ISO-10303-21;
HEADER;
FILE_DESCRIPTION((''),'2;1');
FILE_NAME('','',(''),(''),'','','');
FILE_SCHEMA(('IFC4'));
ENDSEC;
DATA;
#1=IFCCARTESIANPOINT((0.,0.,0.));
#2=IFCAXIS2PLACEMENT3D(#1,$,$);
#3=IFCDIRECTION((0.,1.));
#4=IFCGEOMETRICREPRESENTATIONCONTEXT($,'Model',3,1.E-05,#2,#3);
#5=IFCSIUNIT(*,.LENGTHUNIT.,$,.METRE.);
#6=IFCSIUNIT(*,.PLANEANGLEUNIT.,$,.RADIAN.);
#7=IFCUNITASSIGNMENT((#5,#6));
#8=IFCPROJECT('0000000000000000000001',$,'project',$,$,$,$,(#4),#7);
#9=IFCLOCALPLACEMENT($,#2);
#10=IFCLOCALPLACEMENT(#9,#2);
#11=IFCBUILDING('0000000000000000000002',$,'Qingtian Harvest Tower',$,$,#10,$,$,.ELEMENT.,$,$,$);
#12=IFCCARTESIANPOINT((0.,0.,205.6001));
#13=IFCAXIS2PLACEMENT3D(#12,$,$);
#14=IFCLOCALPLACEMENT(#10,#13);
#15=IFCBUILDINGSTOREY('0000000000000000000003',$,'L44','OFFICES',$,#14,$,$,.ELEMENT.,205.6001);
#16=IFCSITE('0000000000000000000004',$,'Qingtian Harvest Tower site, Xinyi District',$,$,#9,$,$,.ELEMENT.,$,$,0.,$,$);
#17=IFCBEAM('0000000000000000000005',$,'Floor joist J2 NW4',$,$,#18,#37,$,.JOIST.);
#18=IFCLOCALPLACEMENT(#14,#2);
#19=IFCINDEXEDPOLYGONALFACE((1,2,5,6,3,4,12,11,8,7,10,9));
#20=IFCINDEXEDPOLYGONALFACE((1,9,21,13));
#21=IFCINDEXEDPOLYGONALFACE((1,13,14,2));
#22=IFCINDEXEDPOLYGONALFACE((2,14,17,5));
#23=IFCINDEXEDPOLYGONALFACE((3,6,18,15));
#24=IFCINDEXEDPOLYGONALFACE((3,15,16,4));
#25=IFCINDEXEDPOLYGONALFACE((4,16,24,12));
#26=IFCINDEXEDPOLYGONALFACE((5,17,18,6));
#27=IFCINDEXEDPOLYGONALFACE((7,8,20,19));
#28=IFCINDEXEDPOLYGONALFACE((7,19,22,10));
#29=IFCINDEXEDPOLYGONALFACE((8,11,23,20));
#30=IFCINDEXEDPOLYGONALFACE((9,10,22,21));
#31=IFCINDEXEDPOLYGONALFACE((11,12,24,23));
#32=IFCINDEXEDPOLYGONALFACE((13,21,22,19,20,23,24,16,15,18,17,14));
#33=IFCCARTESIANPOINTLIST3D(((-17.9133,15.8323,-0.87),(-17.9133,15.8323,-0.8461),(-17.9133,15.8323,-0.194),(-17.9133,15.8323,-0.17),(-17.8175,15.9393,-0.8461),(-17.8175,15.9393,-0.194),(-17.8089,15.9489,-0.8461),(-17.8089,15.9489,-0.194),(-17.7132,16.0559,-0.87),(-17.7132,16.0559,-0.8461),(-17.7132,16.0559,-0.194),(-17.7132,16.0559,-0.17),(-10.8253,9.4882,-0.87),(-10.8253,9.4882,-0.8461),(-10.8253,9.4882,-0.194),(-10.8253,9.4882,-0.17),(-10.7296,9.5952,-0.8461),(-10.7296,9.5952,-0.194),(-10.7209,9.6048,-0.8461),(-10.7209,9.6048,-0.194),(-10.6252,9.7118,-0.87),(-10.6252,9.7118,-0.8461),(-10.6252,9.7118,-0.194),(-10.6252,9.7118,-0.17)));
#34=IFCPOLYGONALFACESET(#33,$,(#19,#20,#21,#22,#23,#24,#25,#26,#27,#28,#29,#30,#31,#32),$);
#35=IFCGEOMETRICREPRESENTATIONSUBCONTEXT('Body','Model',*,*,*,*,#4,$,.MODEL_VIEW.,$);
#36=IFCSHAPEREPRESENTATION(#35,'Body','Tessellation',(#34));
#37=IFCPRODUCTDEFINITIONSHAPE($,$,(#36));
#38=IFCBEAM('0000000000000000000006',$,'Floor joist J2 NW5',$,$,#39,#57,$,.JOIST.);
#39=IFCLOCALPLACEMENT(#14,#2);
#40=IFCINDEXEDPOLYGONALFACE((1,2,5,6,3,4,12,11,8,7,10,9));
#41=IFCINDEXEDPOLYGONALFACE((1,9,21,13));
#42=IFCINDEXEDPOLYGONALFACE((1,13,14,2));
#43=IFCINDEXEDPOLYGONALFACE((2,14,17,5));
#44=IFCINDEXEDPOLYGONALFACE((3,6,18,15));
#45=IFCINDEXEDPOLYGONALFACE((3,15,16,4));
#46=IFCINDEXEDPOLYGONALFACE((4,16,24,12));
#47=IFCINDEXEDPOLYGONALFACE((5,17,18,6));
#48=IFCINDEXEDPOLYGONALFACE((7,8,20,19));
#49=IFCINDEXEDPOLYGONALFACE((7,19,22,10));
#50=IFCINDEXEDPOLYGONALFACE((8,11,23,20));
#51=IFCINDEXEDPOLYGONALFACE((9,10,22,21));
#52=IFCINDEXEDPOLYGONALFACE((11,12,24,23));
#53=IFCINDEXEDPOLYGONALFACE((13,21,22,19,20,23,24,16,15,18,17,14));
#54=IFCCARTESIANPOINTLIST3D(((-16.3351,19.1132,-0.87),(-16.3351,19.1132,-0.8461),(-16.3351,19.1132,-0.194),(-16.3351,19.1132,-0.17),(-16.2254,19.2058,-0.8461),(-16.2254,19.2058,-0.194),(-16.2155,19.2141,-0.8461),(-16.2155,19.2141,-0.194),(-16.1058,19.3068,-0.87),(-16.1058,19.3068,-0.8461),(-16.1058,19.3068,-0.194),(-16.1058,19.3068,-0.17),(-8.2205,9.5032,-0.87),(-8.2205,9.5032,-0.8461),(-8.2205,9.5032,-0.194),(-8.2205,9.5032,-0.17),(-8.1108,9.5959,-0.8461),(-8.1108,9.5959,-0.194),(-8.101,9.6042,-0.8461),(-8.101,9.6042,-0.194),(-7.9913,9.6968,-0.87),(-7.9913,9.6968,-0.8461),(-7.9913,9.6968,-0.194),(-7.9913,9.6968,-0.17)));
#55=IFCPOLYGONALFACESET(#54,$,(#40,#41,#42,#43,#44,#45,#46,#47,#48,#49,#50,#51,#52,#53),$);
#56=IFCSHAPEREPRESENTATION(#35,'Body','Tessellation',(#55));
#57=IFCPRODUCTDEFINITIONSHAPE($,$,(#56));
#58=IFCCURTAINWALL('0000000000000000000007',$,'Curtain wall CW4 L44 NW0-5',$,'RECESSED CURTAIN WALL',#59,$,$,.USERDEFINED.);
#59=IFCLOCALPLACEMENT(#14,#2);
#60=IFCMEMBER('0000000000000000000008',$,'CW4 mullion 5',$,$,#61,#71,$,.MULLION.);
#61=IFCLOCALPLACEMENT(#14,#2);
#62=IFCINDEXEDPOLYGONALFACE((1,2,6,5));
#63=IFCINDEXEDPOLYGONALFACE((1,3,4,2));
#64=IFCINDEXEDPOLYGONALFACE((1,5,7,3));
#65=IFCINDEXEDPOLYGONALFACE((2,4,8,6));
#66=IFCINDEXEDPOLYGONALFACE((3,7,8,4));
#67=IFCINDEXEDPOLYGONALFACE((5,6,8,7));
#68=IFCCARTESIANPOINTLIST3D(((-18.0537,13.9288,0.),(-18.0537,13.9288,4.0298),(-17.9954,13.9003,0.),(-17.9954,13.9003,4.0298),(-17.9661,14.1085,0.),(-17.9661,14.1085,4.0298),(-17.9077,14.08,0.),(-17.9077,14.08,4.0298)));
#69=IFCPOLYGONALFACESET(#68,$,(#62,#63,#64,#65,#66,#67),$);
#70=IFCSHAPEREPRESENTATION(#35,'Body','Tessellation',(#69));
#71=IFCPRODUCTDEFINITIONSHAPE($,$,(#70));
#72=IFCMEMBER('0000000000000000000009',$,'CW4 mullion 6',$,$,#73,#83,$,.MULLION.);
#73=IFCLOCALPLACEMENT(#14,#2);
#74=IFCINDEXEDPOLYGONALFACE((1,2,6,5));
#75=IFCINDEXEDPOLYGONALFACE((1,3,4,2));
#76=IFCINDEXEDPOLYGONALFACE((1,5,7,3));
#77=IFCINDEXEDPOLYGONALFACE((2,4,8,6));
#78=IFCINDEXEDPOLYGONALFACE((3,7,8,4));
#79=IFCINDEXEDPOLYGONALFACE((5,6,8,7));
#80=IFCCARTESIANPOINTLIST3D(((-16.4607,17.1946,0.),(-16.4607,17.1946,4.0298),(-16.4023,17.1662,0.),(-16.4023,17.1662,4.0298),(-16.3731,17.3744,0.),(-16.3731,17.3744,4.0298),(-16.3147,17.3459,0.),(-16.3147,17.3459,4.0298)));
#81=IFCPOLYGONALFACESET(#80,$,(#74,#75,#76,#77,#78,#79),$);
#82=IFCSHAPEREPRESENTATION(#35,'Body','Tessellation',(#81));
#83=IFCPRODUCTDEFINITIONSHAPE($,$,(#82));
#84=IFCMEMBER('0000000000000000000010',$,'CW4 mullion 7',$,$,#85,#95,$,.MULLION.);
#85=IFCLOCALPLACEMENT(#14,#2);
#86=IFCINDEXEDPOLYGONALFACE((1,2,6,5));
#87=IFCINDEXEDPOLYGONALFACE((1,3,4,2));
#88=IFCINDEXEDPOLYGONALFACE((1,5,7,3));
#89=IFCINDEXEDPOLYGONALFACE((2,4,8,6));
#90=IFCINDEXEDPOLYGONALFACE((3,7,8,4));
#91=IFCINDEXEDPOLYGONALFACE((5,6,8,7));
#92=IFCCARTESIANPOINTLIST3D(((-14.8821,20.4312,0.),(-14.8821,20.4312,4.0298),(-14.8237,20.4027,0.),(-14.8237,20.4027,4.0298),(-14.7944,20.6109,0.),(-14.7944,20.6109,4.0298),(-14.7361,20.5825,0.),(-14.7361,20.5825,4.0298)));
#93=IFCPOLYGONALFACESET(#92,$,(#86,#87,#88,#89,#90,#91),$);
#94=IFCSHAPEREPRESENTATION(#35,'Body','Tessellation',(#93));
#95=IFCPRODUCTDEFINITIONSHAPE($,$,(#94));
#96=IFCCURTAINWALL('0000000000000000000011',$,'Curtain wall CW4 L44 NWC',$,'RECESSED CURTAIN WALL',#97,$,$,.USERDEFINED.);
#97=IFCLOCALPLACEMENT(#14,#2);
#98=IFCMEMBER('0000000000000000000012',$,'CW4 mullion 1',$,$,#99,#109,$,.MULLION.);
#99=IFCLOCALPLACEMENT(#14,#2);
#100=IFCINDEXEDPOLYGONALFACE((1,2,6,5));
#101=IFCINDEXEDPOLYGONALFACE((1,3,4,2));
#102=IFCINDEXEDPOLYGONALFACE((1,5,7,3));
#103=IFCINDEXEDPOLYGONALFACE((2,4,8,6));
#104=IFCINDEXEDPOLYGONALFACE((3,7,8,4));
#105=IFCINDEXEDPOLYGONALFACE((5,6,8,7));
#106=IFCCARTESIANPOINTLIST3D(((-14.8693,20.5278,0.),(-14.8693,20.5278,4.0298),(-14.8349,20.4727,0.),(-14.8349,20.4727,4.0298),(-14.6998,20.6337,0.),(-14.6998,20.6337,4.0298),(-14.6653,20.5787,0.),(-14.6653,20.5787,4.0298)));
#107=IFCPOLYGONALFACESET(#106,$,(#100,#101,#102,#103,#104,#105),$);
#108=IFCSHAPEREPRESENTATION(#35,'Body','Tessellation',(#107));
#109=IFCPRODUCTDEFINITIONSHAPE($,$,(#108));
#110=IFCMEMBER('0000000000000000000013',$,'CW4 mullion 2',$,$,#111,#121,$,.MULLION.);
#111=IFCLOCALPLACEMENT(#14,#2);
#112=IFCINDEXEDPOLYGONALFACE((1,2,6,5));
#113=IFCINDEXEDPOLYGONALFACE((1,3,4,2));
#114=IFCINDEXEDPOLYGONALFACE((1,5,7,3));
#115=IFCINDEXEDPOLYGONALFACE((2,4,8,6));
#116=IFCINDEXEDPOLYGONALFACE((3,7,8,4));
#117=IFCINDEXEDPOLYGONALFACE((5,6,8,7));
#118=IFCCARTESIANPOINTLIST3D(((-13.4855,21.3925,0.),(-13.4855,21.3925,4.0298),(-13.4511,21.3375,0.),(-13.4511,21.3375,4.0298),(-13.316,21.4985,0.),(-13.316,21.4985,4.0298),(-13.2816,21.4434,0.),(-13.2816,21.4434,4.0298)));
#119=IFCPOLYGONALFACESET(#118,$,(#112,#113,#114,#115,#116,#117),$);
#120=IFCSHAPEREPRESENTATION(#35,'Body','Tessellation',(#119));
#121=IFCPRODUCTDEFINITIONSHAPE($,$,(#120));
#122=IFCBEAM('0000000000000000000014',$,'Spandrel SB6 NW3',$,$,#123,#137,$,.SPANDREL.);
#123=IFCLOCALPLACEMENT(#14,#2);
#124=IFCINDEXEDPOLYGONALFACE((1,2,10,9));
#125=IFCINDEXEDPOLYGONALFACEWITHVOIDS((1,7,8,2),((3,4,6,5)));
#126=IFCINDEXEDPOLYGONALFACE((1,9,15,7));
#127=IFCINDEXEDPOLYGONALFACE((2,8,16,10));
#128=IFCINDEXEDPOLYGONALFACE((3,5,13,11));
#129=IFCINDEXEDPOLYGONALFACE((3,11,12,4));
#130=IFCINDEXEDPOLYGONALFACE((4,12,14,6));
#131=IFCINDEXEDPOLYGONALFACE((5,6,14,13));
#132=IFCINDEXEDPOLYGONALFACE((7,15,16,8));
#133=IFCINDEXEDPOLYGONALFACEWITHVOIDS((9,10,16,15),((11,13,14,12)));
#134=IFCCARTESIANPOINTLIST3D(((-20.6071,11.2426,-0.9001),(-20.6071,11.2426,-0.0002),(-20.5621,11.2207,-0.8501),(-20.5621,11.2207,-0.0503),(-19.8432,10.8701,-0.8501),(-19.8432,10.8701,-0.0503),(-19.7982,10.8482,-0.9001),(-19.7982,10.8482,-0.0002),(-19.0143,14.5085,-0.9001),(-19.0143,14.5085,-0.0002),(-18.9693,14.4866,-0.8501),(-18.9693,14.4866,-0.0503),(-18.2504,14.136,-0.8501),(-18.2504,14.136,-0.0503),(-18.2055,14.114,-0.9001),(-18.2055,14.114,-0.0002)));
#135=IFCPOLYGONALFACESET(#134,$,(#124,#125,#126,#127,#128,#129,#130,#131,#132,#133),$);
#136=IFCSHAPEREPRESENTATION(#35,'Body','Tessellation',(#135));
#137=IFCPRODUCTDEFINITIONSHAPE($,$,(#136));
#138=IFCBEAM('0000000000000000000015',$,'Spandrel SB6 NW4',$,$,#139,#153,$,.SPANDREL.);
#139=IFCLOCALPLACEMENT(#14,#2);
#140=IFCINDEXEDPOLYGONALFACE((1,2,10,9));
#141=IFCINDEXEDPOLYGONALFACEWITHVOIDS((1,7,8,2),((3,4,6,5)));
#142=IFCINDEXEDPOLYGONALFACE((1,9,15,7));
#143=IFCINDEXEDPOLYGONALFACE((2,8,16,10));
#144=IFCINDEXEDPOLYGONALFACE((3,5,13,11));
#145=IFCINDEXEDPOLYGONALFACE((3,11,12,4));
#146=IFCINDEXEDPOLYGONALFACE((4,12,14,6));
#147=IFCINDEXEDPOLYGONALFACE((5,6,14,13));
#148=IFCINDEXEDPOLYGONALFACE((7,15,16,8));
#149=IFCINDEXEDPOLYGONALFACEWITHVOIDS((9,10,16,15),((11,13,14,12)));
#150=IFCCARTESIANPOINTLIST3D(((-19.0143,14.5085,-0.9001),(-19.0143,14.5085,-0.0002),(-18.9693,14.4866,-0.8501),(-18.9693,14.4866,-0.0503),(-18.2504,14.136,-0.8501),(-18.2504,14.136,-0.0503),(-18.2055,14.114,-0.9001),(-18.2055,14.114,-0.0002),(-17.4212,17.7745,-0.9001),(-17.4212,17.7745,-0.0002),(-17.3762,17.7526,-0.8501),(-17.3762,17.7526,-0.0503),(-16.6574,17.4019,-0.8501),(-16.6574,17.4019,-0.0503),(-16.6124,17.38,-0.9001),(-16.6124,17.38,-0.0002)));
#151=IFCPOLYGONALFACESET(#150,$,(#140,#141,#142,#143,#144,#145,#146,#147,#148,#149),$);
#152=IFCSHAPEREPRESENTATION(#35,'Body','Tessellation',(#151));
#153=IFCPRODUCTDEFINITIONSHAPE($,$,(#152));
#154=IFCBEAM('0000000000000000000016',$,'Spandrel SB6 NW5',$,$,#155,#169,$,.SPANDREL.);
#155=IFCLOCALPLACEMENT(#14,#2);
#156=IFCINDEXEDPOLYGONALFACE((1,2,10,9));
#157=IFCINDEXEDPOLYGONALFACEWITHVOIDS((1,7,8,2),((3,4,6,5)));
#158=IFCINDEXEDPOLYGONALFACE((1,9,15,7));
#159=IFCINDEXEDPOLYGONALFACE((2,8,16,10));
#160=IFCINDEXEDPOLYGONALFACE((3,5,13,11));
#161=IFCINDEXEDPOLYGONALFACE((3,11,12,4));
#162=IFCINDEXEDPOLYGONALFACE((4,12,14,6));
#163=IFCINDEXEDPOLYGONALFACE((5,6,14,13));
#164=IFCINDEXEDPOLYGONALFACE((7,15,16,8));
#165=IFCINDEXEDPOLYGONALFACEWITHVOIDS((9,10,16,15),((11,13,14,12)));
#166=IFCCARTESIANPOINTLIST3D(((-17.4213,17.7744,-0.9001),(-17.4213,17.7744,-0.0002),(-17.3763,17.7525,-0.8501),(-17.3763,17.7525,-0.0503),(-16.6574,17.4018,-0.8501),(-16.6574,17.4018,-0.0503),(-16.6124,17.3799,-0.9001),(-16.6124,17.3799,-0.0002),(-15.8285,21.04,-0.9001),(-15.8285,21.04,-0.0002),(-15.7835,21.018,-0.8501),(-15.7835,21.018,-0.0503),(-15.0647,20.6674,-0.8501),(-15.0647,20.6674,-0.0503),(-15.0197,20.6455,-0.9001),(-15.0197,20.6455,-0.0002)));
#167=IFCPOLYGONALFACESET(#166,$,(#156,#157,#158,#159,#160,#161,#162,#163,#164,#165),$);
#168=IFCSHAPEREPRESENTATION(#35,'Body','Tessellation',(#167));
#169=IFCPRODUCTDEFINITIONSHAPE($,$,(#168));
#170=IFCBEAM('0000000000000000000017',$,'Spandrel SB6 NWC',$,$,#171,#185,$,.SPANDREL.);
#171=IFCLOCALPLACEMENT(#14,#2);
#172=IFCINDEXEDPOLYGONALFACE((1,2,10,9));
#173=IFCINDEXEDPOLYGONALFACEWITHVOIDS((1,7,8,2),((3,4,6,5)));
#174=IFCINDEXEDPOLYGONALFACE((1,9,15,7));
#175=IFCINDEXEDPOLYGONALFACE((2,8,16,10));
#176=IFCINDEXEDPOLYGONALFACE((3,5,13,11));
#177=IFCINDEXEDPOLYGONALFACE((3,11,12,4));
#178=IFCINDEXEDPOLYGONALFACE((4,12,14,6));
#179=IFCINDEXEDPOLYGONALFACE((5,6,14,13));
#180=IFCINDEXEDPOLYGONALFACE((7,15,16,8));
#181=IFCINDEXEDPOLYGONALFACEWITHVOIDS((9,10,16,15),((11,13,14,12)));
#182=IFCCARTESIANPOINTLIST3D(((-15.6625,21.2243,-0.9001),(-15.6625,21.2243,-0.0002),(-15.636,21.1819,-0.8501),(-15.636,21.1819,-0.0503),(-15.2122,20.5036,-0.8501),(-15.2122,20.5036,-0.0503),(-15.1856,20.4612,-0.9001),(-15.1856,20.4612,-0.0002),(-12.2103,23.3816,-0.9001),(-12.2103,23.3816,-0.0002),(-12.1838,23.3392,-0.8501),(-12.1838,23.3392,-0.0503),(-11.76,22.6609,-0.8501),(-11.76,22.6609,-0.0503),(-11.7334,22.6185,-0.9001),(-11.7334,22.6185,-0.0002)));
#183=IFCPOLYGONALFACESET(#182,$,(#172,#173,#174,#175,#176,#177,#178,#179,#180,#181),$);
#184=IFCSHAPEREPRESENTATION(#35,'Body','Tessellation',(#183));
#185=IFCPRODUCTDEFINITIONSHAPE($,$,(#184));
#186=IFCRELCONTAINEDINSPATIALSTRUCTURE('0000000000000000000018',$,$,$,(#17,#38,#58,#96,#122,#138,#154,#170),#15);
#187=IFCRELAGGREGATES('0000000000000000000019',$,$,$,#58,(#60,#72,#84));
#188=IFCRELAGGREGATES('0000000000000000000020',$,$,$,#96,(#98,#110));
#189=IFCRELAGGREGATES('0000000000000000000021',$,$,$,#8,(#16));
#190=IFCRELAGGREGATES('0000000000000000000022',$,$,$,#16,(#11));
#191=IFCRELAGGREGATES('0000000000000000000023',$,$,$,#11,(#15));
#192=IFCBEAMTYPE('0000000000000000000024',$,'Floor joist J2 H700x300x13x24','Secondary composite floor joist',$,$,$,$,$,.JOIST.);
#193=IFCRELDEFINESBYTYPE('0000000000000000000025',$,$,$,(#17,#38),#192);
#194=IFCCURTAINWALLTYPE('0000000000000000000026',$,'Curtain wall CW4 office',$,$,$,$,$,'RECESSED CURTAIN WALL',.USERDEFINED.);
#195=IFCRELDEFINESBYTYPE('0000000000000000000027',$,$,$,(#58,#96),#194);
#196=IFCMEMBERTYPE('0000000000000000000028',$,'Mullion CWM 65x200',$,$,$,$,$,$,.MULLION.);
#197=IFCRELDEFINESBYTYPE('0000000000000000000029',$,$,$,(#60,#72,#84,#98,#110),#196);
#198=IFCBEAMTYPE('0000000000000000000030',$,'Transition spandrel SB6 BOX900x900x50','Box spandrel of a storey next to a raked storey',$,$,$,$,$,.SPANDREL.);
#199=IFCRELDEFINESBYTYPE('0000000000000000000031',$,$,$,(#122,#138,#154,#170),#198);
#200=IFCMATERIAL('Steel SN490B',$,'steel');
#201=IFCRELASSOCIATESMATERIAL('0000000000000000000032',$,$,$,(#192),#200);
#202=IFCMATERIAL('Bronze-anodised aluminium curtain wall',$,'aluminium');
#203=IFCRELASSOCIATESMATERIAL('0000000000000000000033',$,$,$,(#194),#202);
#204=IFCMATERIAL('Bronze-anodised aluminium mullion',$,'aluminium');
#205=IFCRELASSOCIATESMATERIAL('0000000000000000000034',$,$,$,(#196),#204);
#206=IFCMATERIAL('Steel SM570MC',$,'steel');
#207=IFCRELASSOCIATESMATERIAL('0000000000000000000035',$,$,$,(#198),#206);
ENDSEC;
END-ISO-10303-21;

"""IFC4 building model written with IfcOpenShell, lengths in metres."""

from ifc_helpers import new_model, si_unit, direction, frame, origin, origin_2d, place, context, subcontext, project, spatial, rectangle, hollow_rectangle, i_section, extrude, material, material_profile, profile_set, type_object, element, aggregate, save


model = new_model("IFC4")

# Units and contexts
model_context = context("Model", 3, precision=1e-05, world=origin(), true_north=direction((0.0, 1.0)))
body_context = subcontext(model_context, "Body", "Model", "MODEL_VIEW")
ifc_project = project(units=[si_unit("LENGTHUNIT", "METRE"), si_unit("PLANEANGLEUNIT", "RADIAN")], contexts=[model_context])

# Site, building, storey
site_placement = place(None, origin())
site = spatial("IfcSite", under=ifc_project, at=site_placement, Name="Qingtian Harvest Tower site, Xinyi District", CompositionType="ELEMENT", RefElevation=0.0)
building_placement = place(site_placement, origin())
building = spatial("IfcBuilding", under=site, at=building_placement, Name="Qingtian Harvest Tower", CompositionType="ELEMENT")
storey_placement = place(building_placement, frame((0.0, 0.0, 205.6001)))
storey = spatial("IfcBuildingStorey", under=building, at=storey_placement, Name="L44", Description="OFFICES", CompositionType="ELEMENT", Elevation=205.6001)

# Beams
ifc_material_1 = material(Name="Steel SN490B", Category="steel")
ifc_material_profile_1 = material_profile(ifc_material_1, i_section(OverallWidth=0.3, OverallDepth=0.7, WebThickness=0.0129, FlangeThickness=0.0239, at=origin_2d()), Name="H700x300x13x24")
ifc_profile_set_1 = profile_set([ifc_material_profile_1], Name="Steel SN490B")
beam_type_1 = type_object("IfcBeamType", Name="Floor joist J2 H700x300x13x24", Description="Secondary composite floor joist", PredefinedType="JOIST", material=ifc_profile_set_1)
beam_1_placement = place(storey_placement, frame((-17.8132, 15.9441, -0.52), z_axis=(0.745127, -0.666923, 0.0), x_axis=(0.666923, 0.745127, 0.0)))
element("IfcBeam", 1, at=beam_1_placement, inside=storey, type_object=beam_type_1, Name="Floor joist J2 NW4", PredefinedType="JOIST", context=body_context, shape_type="SweptSolid", body=[
    extrude(i_section(OverallWidth=0.3, OverallDepth=0.7, WebThickness=0.0129, FlangeThickness=0.0239, at=origin_2d()), origin(), (0.0, 0.0, 1.0), 9.5125),
])
beam_2_placement = place(storey_placement, frame((-16.2205, 19.21, -0.52), z_axis=(0.645158, -0.764049, 0.0), x_axis=(0.764049, 0.645158, 0.0)))
element("IfcBeam", 2, at=beam_2_placement, inside=storey, type_object=beam_type_1, Name="Floor joist J2 NW5", PredefinedType="JOIST", context=body_context, shape_type="SweptSolid", body=[
    extrude(i_section(OverallWidth=0.3, OverallDepth=0.7, WebThickness=0.0129, FlangeThickness=0.0239, at=origin_2d()), origin(), (0.0, 0.0, 1.0), 12.5776),
])

# Curtain walls, members
ifc_material_2 = material(Name="Bronze-anodised aluminium curtain wall", Category="aluminium")
curtain_wall_type = type_object("IfcCurtainWallType", Name="Curtain wall CW4 office", ElementType="RECESSED CURTAIN WALL", PredefinedType="USERDEFINED", material=ifc_material_2)
curtain_wall_1_placement = place(storey_placement, origin())
curtain_wall_1 = element("IfcCurtainWall", 3, at=curtain_wall_1_placement, inside=storey, type_object=curtain_wall_type, Name="Curtain wall CW4 L44 NW0-5", ObjectType="RECESSED CURTAIN WALL", PredefinedType="USERDEFINED")
ifc_material_3 = material(Name="Bronze-anodised aluminium mullion", Category="aluminium")
ifc_material_profile_2 = material_profile(ifc_material_3, rectangle(XDim=0.0649, YDim=0.2, at=origin_2d()), Name="AL 65x200")
ifc_profile_set_2 = profile_set([ifc_material_profile_2], Name="Bronze-anodised aluminium mullion")
member_type_1 = type_object("IfcMemberType", Name="Mullion CWM 65x200", PredefinedType="MULLION", material=ifc_profile_set_2)
member_1_placement = place(storey_placement, frame((-17.9807, 14.0044, 0.0), z_axis=(0.0, 0.0, 1.0), x_axis=(-0.898794, 0.438371, 0.0)))
member_1 = element("IfcMember", 4, at=member_1_placement, type_object=member_type_1, Name="CW4 mullion 5", PredefinedType="MULLION", context=body_context, shape_type="SweptSolid", body=[
    extrude(rectangle(XDim=0.0649, YDim=0.2, at=origin_2d()), origin(), (0.0, 0.0, 1.0), 4.0298),
])
member_2_placement = place(storey_placement, frame((-16.3877, 17.2703, 0.0), z_axis=(0.0, 0.0, 1.0), x_axis=(-0.898794, 0.438371, 0.0)))
member_2 = element("IfcMember", 5, at=member_2_placement, type_object=member_type_1, Name="CW4 mullion 6", PredefinedType="MULLION", context=body_context, shape_type="SweptSolid", body=[
    extrude(rectangle(XDim=0.0649, YDim=0.2, at=origin_2d()), origin(), (0.0, 0.0, 1.0), 4.0298),
])
member_3_placement = place(storey_placement, frame((-14.8091, 20.5068, 0.0), z_axis=(0.0, 0.0, 1.0), x_axis=(-0.898794, 0.438371, 0.0)))
member_3 = element("IfcMember", 6, at=member_3_placement, type_object=member_type_1, Name="CW4 mullion 7", PredefinedType="MULLION", context=body_context, shape_type="SweptSolid", body=[
    extrude(rectangle(XDim=0.0649, YDim=0.2, at=origin_2d()), origin(), (0.0, 0.0, 1.0), 4.0298),
])
curtain_wall_2_placement = place(storey_placement, origin())
curtain_wall_2 = element("IfcCurtainWall", 7, at=curtain_wall_2_placement, inside=storey, type_object=curtain_wall_type, Name="Curtain wall CW4 L44 NWC", ObjectType="RECESSED CURTAIN WALL", PredefinedType="USERDEFINED")
member_4_placement = place(storey_placement, frame((-14.7673, 20.5532, 0.0), z_axis=(0.0, 0.0, 1.0), x_axis=(-0.529919, 0.848048, 0.0)))
member_4 = element("IfcMember", 8, at=member_4_placement, type_object=member_type_1, Name="CW4 mullion 1", PredefinedType="MULLION", context=body_context, shape_type="SweptSolid", body=[
    extrude(rectangle(XDim=0.0649, YDim=0.2, at=origin_2d()), origin(), (0.0, 0.0, 1.0), 4.0298),
])
member_5_placement = place(storey_placement, frame((-13.3835, 21.418, 0.0), z_axis=(0.0, 0.0, 1.0), x_axis=(-0.529919, 0.848048, 0.0)))
member_5 = element("IfcMember", 9, at=member_5_placement, type_object=member_type_1, Name="CW4 mullion 2", PredefinedType="MULLION", context=body_context, shape_type="SweptSolid", body=[
    extrude(rectangle(XDim=0.0649, YDim=0.2, at=origin_2d()), origin(), (0.0, 0.0, 1.0), 4.0298),
])

# Beams
ifc_material_4 = material(Name="Steel SM570MC", Category="steel")
ifc_material_profile_3 = material_profile(ifc_material_4, hollow_rectangle(XDim=0.8999, YDim=0.8999, WallThickness=0.05, at=origin_2d()), Name="BOX900x900x50")
ifc_profile_set_3 = profile_set([ifc_material_profile_3], Name="Steel SM570MC")
beam_type_2 = type_object("IfcBeamType", Name="Transition spandrel SB6 BOX900x900x50", Description="Box spandrel of a storey next to a raked storey", PredefinedType="SPANDREL", material=ifc_profile_set_3)
beam_3_placement = place(storey_placement, frame((-20.2026, 11.0454, -0.4502), z_axis=(0.438349, 0.898805, 0.0), x_axis=(-0.898805, 0.438349, 0.0)))
element("IfcBeam", 10, at=beam_3_placement, inside=storey, type_object=beam_type_2, Name="Spandrel SB6 NW3", PredefinedType="SPANDREL", context=body_context, shape_type="SweptSolid", body=[
    extrude(hollow_rectangle(XDim=0.8999, YDim=0.8999, WallThickness=0.05, at=origin_2d()), origin(), (0.0, 0.0, 1.0), 3.6335),
])
beam_4_placement = place(storey_placement, frame((-18.6099, 14.3113, -0.4502), z_axis=(0.438404, 0.898778, 0.0), x_axis=(-0.898778, 0.438404, 0.0)))
element("IfcBeam", 11, at=beam_4_placement, inside=storey, type_object=beam_type_2, Name="Spandrel SB6 NW4", PredefinedType="SPANDREL", context=body_context, shape_type="SweptSolid", body=[
    extrude(hollow_rectangle(XDim=0.8999, YDim=0.8999, WallThickness=0.05, at=origin_2d()), origin(), (0.0, 0.0, 1.0), 3.6338),
])
beam_5_placement = place(storey_placement, frame((-17.0168, 17.5771, -0.4502), z_axis=(0.438376, 0.898792, 0.0), x_axis=(-0.898792, 0.438376, 0.0)))
element("IfcBeam", 12, at=beam_5_placement, inside=storey, type_object=beam_type_2, Name="Spandrel SB6 NW5", PredefinedType="SPANDREL", context=body_context, shape_type="SweptSolid", body=[
    extrude(hollow_rectangle(XDim=0.8999, YDim=0.8999, WallThickness=0.05, at=origin_2d()), origin(), (0.0, 0.0, 1.0), 3.6333),
])
beam_6_placement = place(storey_placement, frame((-15.4241, 20.8428, -0.4502), z_axis=(0.848039, 0.529934, 0.0), x_axis=(-0.529934, 0.848039, 0.0)))
element("IfcBeam", 13, at=beam_6_placement, inside=storey, type_object=beam_type_2, Name="Spandrel SB6 NWC", PredefinedType="SPANDREL", context=body_context, shape_type="SweptSolid", body=[
    extrude(hollow_rectangle(XDim=0.8999, YDim=0.8999, WallThickness=0.05, at=origin_2d()), origin(), (0.0, 0.0, 1.0), 4.0708),
])

aggregate(curtain_wall_1, [member_1, member_2, member_3])
aggregate(curtain_wall_2, [member_4, member_5])

save(model, "model.ifc")
